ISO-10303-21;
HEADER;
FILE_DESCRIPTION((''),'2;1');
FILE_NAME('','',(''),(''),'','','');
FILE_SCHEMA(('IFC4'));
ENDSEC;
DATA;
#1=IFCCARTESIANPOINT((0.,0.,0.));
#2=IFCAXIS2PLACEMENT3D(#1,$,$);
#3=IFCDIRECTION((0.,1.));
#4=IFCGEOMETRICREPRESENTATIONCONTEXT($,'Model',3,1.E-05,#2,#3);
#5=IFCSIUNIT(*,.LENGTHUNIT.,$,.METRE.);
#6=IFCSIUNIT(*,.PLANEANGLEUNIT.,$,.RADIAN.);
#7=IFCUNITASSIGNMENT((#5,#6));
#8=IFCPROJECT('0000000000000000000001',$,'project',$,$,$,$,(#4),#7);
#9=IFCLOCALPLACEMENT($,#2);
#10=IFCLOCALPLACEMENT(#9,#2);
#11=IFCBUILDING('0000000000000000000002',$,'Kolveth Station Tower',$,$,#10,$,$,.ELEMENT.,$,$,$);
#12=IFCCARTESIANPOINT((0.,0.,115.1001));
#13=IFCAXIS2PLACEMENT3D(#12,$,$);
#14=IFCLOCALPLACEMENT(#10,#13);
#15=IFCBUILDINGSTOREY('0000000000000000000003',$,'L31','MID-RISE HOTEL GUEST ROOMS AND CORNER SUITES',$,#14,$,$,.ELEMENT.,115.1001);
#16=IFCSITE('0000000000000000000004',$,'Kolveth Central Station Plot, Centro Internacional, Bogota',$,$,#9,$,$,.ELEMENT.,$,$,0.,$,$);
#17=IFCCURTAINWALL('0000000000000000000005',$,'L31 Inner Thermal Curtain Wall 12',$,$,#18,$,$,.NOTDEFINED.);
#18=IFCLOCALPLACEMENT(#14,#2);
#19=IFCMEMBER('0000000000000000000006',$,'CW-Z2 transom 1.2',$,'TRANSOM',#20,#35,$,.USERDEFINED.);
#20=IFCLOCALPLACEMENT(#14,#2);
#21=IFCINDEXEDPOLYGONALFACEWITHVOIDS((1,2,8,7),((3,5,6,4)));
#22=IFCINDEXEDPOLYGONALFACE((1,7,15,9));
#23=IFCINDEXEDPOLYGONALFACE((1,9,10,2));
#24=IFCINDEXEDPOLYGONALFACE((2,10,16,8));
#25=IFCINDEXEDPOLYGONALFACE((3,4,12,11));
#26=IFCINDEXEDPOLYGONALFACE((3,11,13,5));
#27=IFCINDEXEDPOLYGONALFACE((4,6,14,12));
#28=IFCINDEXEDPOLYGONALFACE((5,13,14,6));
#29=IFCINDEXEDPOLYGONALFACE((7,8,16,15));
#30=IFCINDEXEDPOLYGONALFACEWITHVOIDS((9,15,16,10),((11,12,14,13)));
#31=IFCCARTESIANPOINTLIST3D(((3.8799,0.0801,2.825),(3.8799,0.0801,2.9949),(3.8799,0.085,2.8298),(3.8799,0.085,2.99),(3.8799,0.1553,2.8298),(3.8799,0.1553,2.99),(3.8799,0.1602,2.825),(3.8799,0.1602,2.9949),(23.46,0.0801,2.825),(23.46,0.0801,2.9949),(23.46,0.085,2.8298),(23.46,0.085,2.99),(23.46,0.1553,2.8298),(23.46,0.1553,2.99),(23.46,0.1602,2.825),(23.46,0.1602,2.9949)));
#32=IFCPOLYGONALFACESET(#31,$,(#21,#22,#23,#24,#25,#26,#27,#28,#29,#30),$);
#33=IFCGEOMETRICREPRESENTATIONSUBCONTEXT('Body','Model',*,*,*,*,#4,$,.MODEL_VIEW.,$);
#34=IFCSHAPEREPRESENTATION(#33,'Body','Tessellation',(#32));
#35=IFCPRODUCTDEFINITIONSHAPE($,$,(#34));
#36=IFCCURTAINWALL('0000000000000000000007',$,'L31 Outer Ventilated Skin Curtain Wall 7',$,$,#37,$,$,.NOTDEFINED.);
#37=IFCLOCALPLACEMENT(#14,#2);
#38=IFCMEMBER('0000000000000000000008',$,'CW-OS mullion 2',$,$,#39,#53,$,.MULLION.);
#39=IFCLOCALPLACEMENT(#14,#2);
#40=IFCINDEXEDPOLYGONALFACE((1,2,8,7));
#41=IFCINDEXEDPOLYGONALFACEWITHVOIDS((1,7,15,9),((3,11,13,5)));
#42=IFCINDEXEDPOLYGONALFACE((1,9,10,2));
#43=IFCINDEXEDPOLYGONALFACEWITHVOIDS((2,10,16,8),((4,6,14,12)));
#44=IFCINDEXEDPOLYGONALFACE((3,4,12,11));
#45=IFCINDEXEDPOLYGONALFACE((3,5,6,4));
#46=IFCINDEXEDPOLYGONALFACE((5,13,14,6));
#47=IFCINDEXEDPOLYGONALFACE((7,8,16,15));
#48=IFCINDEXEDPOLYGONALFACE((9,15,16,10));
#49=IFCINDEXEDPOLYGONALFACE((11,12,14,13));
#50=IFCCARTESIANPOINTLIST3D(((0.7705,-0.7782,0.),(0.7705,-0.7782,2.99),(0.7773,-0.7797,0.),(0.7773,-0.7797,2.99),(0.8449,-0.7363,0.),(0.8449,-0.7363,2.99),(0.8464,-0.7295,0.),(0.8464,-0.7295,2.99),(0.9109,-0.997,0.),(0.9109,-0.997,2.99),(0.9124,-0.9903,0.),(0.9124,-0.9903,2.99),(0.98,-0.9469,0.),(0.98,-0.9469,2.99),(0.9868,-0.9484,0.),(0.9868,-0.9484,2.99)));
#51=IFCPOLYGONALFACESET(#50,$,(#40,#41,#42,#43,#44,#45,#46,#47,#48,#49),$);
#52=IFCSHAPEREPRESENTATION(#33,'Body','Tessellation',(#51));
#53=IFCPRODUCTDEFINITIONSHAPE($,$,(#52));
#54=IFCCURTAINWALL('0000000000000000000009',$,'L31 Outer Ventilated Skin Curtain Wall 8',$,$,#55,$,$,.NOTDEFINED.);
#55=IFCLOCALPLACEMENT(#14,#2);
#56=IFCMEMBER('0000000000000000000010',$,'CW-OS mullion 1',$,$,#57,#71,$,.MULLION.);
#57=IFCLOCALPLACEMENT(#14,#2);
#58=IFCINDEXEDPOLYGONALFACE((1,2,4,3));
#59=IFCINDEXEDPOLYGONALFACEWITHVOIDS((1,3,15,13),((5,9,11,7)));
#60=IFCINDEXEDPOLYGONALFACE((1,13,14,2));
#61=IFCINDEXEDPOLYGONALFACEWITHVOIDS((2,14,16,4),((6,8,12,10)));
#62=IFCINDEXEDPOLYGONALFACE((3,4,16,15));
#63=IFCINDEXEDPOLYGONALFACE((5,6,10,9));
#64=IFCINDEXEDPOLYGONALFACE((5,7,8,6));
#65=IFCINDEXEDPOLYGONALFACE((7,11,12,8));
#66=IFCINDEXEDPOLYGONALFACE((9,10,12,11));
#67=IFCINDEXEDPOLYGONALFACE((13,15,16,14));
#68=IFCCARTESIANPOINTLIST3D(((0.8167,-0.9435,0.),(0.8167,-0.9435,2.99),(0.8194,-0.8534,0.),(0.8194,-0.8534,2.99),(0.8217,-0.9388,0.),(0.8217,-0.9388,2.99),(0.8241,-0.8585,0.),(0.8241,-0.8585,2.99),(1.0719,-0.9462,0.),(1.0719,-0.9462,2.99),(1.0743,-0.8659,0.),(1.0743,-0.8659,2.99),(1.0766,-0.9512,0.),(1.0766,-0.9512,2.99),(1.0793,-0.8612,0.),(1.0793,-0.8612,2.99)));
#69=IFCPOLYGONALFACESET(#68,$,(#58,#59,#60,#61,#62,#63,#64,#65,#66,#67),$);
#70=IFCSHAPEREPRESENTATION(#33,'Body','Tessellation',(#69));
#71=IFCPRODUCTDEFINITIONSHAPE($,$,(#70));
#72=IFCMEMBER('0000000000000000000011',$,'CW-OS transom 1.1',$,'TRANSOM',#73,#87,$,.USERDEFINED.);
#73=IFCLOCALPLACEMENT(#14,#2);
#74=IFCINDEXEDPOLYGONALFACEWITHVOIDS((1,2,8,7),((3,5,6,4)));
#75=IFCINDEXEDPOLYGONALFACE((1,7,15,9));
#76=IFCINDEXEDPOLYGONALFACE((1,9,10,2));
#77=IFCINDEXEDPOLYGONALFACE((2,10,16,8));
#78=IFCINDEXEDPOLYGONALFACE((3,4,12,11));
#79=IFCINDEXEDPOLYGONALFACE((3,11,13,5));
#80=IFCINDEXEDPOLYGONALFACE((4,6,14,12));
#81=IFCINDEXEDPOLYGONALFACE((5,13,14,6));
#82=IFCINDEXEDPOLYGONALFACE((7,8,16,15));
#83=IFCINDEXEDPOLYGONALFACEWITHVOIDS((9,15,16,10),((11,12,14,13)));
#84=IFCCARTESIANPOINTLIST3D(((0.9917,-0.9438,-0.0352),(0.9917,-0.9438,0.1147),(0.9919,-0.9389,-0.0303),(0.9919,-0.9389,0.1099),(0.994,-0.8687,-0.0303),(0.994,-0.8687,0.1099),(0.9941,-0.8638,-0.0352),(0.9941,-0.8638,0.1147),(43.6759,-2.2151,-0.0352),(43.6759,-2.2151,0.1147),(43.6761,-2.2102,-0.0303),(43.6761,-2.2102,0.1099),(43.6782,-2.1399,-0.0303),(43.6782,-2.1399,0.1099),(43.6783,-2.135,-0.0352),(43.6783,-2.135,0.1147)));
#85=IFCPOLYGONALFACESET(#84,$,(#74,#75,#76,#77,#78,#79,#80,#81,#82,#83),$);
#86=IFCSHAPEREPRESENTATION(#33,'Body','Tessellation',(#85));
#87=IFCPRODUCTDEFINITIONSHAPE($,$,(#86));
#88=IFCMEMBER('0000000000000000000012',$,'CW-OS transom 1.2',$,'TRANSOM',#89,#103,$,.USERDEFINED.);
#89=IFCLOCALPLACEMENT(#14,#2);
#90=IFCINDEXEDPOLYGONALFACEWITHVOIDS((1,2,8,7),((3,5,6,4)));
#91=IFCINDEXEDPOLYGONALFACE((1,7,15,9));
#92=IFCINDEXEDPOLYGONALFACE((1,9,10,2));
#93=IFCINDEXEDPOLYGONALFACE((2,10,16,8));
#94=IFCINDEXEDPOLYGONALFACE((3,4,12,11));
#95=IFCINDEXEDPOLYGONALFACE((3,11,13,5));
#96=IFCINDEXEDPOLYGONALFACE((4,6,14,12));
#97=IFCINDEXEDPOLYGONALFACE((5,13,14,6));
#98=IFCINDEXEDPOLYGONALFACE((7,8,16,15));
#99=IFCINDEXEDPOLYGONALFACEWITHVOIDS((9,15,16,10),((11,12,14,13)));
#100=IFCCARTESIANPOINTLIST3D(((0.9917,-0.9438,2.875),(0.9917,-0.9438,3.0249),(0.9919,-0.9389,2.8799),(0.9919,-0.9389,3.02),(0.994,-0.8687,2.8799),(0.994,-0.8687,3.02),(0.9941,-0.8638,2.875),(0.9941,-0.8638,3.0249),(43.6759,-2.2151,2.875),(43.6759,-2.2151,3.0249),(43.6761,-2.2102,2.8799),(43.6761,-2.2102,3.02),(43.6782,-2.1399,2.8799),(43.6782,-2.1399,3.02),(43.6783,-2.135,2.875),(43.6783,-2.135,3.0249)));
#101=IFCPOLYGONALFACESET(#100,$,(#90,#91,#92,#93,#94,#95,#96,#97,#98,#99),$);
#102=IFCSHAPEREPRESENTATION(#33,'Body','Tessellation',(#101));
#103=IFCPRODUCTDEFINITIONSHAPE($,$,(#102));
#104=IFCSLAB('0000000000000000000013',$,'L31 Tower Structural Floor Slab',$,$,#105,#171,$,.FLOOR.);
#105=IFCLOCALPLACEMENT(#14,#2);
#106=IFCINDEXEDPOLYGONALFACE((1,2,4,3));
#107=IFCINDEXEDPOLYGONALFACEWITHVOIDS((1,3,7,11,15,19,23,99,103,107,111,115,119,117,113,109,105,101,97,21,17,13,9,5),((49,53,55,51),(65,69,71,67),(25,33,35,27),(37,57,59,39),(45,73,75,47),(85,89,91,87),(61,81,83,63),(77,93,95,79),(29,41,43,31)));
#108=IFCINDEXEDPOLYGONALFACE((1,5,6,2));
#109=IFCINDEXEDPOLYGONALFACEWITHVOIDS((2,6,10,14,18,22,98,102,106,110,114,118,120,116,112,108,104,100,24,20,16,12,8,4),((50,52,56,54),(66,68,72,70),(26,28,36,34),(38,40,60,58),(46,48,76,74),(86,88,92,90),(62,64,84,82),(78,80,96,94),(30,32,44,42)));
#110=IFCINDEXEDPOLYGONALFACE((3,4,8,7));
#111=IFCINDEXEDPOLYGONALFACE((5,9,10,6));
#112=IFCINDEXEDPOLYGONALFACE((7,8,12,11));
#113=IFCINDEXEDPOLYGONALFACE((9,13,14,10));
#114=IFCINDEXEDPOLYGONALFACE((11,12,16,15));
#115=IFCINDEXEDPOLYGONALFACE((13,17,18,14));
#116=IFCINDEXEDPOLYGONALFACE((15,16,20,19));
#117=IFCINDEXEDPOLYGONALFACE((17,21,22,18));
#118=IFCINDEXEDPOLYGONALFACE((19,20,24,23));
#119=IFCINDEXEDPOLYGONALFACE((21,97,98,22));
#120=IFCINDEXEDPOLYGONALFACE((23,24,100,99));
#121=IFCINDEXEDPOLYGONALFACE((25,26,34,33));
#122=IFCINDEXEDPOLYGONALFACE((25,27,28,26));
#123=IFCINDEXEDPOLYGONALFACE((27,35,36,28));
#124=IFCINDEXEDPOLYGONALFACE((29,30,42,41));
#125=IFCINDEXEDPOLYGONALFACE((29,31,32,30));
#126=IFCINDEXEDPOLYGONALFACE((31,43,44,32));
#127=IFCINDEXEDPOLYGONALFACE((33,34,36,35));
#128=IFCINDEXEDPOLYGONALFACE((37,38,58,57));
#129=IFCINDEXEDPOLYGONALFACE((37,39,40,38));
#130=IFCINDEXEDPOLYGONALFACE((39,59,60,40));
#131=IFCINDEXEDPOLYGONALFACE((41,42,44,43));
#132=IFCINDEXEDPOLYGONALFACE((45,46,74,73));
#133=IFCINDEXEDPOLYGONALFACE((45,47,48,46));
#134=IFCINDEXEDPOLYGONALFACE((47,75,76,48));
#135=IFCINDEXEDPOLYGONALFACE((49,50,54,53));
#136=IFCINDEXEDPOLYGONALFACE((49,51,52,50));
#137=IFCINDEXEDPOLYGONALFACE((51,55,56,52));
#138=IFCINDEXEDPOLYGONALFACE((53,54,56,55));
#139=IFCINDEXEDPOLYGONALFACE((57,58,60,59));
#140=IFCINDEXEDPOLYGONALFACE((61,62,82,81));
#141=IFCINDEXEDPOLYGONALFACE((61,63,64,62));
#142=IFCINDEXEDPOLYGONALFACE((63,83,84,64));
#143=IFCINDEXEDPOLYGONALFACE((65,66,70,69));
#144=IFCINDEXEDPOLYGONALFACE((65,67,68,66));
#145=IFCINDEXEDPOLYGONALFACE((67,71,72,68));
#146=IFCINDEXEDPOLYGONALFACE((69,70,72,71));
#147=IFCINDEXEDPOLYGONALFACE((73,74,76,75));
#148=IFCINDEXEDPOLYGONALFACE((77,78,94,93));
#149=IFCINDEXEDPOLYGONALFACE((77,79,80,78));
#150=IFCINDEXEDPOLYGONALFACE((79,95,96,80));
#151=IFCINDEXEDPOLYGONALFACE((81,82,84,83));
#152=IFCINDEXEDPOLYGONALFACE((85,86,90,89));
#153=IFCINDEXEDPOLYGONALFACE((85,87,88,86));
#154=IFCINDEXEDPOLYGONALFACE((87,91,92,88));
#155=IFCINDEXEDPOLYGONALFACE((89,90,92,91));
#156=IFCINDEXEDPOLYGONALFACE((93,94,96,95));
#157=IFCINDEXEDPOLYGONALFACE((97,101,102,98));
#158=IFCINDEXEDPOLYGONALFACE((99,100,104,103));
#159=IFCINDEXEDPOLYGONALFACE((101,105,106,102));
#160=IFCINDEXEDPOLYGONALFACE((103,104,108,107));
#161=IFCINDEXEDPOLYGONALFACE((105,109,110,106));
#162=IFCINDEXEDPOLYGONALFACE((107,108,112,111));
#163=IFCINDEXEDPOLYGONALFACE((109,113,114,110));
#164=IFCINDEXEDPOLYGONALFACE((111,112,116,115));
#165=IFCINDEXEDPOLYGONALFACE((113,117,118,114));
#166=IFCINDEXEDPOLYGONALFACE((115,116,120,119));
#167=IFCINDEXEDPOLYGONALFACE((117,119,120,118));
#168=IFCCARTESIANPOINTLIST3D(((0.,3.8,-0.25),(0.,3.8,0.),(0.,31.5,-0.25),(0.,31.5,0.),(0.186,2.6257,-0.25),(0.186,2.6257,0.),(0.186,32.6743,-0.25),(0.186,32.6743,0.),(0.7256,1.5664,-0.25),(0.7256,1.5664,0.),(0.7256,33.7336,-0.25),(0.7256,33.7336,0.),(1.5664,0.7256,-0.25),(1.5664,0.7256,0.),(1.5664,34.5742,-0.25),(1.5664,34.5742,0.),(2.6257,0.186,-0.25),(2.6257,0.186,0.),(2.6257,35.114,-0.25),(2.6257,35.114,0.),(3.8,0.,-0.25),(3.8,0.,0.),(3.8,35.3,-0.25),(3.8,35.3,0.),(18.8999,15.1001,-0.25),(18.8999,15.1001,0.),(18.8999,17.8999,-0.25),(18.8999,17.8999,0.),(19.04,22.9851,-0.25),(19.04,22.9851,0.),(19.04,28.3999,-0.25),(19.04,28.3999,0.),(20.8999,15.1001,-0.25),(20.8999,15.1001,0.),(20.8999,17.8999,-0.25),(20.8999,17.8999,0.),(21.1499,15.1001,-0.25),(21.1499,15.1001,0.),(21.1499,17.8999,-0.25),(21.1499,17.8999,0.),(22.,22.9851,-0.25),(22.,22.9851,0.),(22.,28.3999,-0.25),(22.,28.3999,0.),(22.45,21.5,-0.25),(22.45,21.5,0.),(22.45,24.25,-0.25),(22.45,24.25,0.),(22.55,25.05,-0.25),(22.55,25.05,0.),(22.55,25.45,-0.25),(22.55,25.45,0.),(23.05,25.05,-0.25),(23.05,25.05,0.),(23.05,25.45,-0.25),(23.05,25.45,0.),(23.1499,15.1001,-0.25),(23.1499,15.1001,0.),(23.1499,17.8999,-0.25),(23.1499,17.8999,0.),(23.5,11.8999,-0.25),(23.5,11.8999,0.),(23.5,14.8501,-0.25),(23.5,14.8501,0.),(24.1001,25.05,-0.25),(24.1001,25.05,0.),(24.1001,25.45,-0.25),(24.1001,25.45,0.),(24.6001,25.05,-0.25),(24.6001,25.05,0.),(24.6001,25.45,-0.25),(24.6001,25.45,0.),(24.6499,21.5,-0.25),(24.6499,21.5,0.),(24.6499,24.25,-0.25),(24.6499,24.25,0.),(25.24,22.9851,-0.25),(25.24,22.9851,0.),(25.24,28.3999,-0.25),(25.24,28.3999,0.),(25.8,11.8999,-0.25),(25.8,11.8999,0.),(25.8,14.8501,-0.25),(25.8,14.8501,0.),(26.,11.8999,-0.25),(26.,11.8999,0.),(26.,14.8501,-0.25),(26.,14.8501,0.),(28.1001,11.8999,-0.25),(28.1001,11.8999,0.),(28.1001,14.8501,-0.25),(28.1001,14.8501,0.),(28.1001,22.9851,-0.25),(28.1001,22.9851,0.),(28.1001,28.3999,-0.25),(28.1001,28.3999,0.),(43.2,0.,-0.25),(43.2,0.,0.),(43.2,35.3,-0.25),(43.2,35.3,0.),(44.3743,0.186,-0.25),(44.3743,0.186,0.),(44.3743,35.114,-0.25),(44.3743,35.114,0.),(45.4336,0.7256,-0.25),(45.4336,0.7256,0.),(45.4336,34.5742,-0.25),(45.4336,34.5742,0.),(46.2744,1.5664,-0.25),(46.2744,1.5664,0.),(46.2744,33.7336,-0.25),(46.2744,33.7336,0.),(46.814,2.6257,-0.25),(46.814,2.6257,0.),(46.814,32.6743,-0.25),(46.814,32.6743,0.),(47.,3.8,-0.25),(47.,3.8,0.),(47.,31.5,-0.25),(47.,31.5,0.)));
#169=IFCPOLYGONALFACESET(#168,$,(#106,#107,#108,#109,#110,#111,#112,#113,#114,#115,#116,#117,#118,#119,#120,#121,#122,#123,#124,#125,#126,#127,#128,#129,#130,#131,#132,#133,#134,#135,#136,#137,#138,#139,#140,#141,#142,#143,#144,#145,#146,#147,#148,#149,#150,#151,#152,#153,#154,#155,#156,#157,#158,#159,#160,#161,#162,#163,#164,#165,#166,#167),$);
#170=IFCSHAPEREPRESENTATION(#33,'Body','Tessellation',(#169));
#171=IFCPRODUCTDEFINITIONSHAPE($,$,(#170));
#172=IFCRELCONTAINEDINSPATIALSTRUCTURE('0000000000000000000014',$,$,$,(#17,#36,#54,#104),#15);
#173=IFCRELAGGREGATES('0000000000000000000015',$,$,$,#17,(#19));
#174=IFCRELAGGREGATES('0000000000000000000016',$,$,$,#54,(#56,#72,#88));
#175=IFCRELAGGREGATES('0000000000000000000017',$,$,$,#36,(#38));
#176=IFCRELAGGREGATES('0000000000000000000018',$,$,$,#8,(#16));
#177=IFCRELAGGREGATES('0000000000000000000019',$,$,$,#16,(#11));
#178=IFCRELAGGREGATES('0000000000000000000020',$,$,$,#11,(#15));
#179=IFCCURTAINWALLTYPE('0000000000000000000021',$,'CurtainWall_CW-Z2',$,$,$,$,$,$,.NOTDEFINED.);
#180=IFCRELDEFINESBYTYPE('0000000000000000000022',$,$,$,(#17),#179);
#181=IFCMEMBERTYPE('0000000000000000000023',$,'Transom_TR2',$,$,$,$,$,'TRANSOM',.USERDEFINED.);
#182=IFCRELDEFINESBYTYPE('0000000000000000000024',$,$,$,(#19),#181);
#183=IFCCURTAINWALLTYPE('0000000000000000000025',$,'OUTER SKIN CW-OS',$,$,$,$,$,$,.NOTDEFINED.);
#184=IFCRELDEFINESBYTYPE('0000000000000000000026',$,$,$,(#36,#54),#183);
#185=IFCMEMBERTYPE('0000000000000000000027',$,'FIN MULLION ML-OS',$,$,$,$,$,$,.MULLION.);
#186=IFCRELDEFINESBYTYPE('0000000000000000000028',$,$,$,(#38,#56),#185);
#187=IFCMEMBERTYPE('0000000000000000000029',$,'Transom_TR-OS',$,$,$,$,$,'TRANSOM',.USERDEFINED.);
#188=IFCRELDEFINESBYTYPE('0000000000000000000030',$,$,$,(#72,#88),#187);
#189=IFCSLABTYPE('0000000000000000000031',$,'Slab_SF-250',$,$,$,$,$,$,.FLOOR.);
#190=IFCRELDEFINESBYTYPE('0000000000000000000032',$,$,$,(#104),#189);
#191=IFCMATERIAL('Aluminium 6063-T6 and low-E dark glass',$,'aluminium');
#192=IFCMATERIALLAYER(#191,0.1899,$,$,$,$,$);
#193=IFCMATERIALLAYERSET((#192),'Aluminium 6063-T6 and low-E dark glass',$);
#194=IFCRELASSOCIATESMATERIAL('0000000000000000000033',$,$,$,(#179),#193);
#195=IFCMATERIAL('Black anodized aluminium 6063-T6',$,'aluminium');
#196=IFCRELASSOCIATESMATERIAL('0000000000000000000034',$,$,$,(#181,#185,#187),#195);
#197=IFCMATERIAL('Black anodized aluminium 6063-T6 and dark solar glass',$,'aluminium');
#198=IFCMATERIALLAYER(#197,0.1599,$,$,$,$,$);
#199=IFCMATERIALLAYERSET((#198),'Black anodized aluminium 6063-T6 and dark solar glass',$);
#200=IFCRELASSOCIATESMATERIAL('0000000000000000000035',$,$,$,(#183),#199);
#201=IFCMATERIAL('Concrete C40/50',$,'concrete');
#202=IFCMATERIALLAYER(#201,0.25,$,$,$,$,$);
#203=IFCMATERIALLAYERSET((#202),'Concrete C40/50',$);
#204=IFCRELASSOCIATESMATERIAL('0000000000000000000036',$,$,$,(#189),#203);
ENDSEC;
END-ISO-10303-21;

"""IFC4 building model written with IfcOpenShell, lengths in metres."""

from ifc_helpers import new_model, si_unit, direction, frame, origin, origin_2d, place, context, subcontext, project, spatial, polyline, hollow_rectangle, outline, extrude, source, transform, mapped, material, layer, layer_set, material_profile, profile_set, type_object, element, aggregate, save


model = new_model("IFC4")

# Units and contexts
model_context = context("Model", 3, precision=1e-05, world=origin(), true_north=direction((0.0, 1.0)))
body_context = subcontext(model_context, "Body", "Model", "MODEL_VIEW")
ifc_project = project(units=[si_unit("LENGTHUNIT", "METRE"), si_unit("PLANEANGLEUNIT", "RADIAN")], contexts=[model_context])

# Site, building, storey
site_placement = place(None, origin())
site = spatial("IfcSite", under=ifc_project, at=site_placement, Name="Kolveth Central Station Plot, Centro Internacional, Bogota", CompositionType="ELEMENT", RefElevation=0.0)
building_placement = place(site_placement, origin())
building = spatial("IfcBuilding", under=site, at=building_placement, Name="Kolveth Station Tower", CompositionType="ELEMENT")
storey_placement = place(building_placement, frame((0.0, 0.0, 115.1001)))
storey = spatial("IfcBuildingStorey", under=building, at=storey_placement, Name="L31", Description="MID-RISE HOTEL GUEST ROOMS AND CORNER SUITES", CompositionType="ELEMENT", Elevation=115.1001)

# Shared definitions
ifc_material_1 = material(Name="Aluminium 6063-T6 and low-E dark glass", Category="aluminium")
ifc_layer_1 = layer(ifc_material_1, 0.1899)
ifc_layer_set_1 = layer_set([ifc_layer_1], Name="Aluminium 6063-T6 and low-E dark glass")
curtain_wall_type_1 = type_object("IfcCurtainWallType", Name="CurtainWall_CW-Z2", PredefinedType="NOTDEFINED", material=ifc_layer_set_1)
ifc_material_2 = material(Name="Black anodized aluminium 6063-T6", Category="aluminium")

# Curtain wall
curtain_wall_1_placement = place(storey_placement, origin())
curtain_wall_1 = element("IfcCurtainWall", 1, at=curtain_wall_1_placement, inside=storey, type_object=curtain_wall_type_1, Name="L31 Inner Thermal Curtain Wall 12", PredefinedType="NOTDEFINED")

# Member
ifc_material_profile_1 = material_profile(ifc_material_2, hollow_rectangle(XDim=0.0801, YDim=0.1699, WallThickness=0.0049, at=origin_2d()), Name="ALU-80x170x5")
ifc_profile_set_1 = profile_set([ifc_material_profile_1], Name="Black anodized aluminium 6063-T6")
member_type_1 = type_object("IfcMemberType", Name="Transom_TR2", ElementType="TRANSOM", PredefinedType="USERDEFINED", material=ifc_profile_set_1)
shared_shape_1 = source(origin(), body_context, "Body", "SweptSolid", [
    extrude(hollow_rectangle(XDim=0.0801, YDim=0.1699, WallThickness=0.0049, at=origin_2d()), origin(), (0.0, 0.0, 1.0), 19.5801),
])
member_1_placement = place(storey_placement, frame((3.8799, 0.1201, 2.9099), z_axis=(1.0, 0.0, 0.0), x_axis=(0.0, 1.0, 0.0)))
member_1 = element("IfcMember", 2, at=member_1_placement, type_object=member_type_1, Name="CW-Z2 transom 1.2", ObjectType="TRANSOM", PredefinedType="USERDEFINED", context=body_context, shape_type="MappedRepresentation", body=[
    mapped(shared_shape_1, transform((0.0, 0.0, 0.0), x_axis=(1.0, 0.0, 0.0), y_axis=(0.0, 1.0, 0.0), z_axis=(0.0, 0.0, 1.0), scale=1.0)),
])
aggregate(curtain_wall_1, [member_1])

# Curtain wall, member
ifc_material_3 = material(Name="Black anodized aluminium 6063-T6 and dark solar glass", Category="aluminium")
ifc_layer_2 = layer(ifc_material_3, 0.1599)
ifc_layer_set_2 = layer_set([ifc_layer_2], Name="Black anodized aluminium 6063-T6 and dark solar glass")
curtain_wall_type_2 = type_object("IfcCurtainWallType", Name="OUTER SKIN CW-OS", PredefinedType="NOTDEFINED", material=ifc_layer_set_2)
curtain_wall_2_placement = place(storey_placement, origin())
curtain_wall_2 = element("IfcCurtainWall", 3, at=curtain_wall_2_placement, inside=storey, type_object=curtain_wall_type_2, Name="L31 Outer Ventilated Skin Curtain Wall 7", PredefinedType="NOTDEFINED")
ifc_material_profile_2 = material_profile(ifc_material_2, hollow_rectangle(XDim=0.0901, YDim=0.26, WallThickness=0.0049, at=origin_2d()), Name="ALU-90x260x5")
ifc_profile_set_2 = profile_set([ifc_material_profile_2], Name="Black anodized aluminium 6063-T6")
member_type_2 = type_object("IfcMemberType", Name="FIN MULLION ML-OS", PredefinedType="MULLION", material=ifc_profile_set_2)
shared_shape_2 = source(origin(), body_context, "Body", "SweptSolid", [
    extrude(hollow_rectangle(XDim=0.0901, YDim=0.26, WallThickness=0.0049, at=origin_2d()), origin(), (0.0, 0.0, 1.0), 2.99),
])
member_2_placement = place(storey_placement, frame((0.8787, -0.8633, 0.0), z_axis=(0.0, 0.0, 1.0), x_axis=(0.84168, 0.539977, 0.0)))
member_2 = element("IfcMember", 4, at=member_2_placement, type_object=member_type_2, Name="CW-OS mullion 2", PredefinedType="MULLION", context=body_context, shape_type="MappedRepresentation", body=[
    mapped(shared_shape_2, transform((0.0, 0.0, 0.0), x_axis=(1.0, 0.0, 0.0), y_axis=(0.0, 1.0, 0.0), z_axis=(0.0, 0.0, 1.0), scale=1.0)),
])

# Curtain wall, members
curtain_wall_3_placement = place(storey_placement, origin())
curtain_wall_3 = element("IfcCurtainWall", 5, at=curtain_wall_3_placement, inside=storey, type_object=curtain_wall_type_2, Name="L31 Outer Ventilated Skin Curtain Wall 8", PredefinedType="NOTDEFINED")
member_3_placement = place(storey_placement, frame((0.948, -0.9023, 0.0), z_axis=(0.0, 0.0, 1.0), x_axis=(0.029769, 0.999557, 0.0)))
member_3 = element("IfcMember", 6, at=member_3_placement, type_object=member_type_2, Name="CW-OS mullion 1", PredefinedType="MULLION", context=body_context, shape_type="MappedRepresentation", body=[
    mapped(shared_shape_2, transform((0.0, 0.0, 0.0), x_axis=(1.0, 0.0, 0.0), y_axis=(0.0, 1.0, 0.0), z_axis=(0.0, 0.0, 1.0), scale=1.0)),
])
ifc_material_profile_3 = material_profile(ifc_material_2, hollow_rectangle(XDim=0.0801, YDim=0.1499, WallThickness=0.0049, at=origin_2d()), Name="ALU-80x150x5")
ifc_profile_set_3 = profile_set([ifc_material_profile_3], Name="Black anodized aluminium 6063-T6")
member_type_3 = type_object("IfcMemberType", Name="Transom_TR-OS", ElementType="TRANSOM", PredefinedType="USERDEFINED", material=ifc_profile_set_3)
shared_shape_3 = source(origin(), body_context, "Body", "SweptSolid", [
    extrude(hollow_rectangle(XDim=0.0801, YDim=0.1499, WallThickness=0.0049, at=origin_2d()), origin(), (0.0, 0.0, 1.0), 42.7031),
])
member_4_placement = place(storey_placement, frame((0.9929, -0.9038, 0.0398), z_axis=(0.999557, -0.029769, 0.0), x_axis=(0.029769, 0.999557, 0.0)))
member_4 = element("IfcMember", 7, at=member_4_placement, type_object=member_type_3, Name="CW-OS transom 1.1", ObjectType="TRANSOM", PredefinedType="USERDEFINED", context=body_context, shape_type="MappedRepresentation", body=[
    mapped(shared_shape_3, transform((0.0, 0.0, 0.0), x_axis=(1.0, 0.0, 0.0), y_axis=(0.0, 1.0, 0.0), z_axis=(0.0, 0.0, 1.0), scale=1.0)),
])
member_5_placement = place(storey_placement, frame((0.9929, -0.9038, 2.95), z_axis=(0.999557, -0.029769, 0.0), x_axis=(0.029769, 0.999557, 0.0)))
member_5 = element("IfcMember", 8, at=member_5_placement, type_object=member_type_3, Name="CW-OS transom 1.2", ObjectType="TRANSOM", PredefinedType="USERDEFINED", context=body_context, shape_type="MappedRepresentation", body=[
    mapped(shared_shape_3, transform((0.0, 0.0, 0.0), x_axis=(1.0, 0.0, 0.0), y_axis=(0.0, 1.0, 0.0), z_axis=(0.0, 0.0, 1.0), scale=1.0)),
])
aggregate(curtain_wall_3, [member_3, member_4, member_5])

# Slab
ifc_material_4 = material(Name="Concrete C40/50", Category="concrete")
ifc_layer_3 = layer(ifc_material_4, 0.25)
ifc_layer_set_3 = layer_set([ifc_layer_3], Name="Concrete C40/50")
slab_type_1 = type_object("IfcSlabType", Name="Slab_SF-250", PredefinedType="FLOOR", material=ifc_layer_set_3)
slab_1_placement = place(storey_placement, frame((0.0, 0.0, -0.25)))
element("IfcSlab", 9, at=slab_1_placement, inside=storey, type_object=slab_type_1, Name="L31 Tower Structural Floor Slab", PredefinedType="FLOOR", context=body_context, shape_type="SweptSolid", body=[
    extrude(outline(polyline([(43.2, 0.0), (44.3743, 0.186), (45.4336, 0.7256), (46.2744, 1.5664), (46.814, 2.6257), (47.0, 3.8), (47.0, 31.5), (46.814, 32.6743), (46.2744, 33.7336), (45.4336, 34.5742), (44.3743, 35.114), (43.2, 35.3), (3.8, 35.3), (2.6257, 35.114), (1.5664, 34.5742), (0.7256, 33.7336), (0.186, 32.6743), (0.0, 31.5), (0.0, 3.8), (0.186, 2.6257), (0.7256, 1.5664), (1.5664, 0.7256), (2.6257, 0.186), (3.8, 0.0), (43.2, 0.0)]), holes=[polyline([(19.04, 22.9851), (22.0, 22.9851), (22.0, 28.3999), (19.04, 28.3999), (19.04, 22.9851)]), polyline([(25.24, 22.9851), (28.1001, 22.9851), (28.1001, 28.3999), (25.24, 28.3999), (25.24, 22.9851)]), polyline([(18.8999, 15.1001), (20.8999, 15.1001), (20.8999, 17.8999), (18.8999, 17.8999), (18.8999, 15.1001)]), polyline([(21.1499, 15.1001), (23.1499, 15.1001), (23.1499, 17.8999), (21.1499, 17.8999), (21.1499, 15.1001)]), polyline([(22.45, 21.5), (24.6499, 21.5), (24.6499, 24.25), (22.45, 24.25), (22.45, 21.5)]), polyline([(23.5, 11.8999), (25.8, 11.8999), (25.8, 14.8501), (23.5, 14.8501), (23.5, 11.8999)]), polyline([(26.0, 11.8999), (28.1001, 11.8999), (28.1001, 14.8501), (26.0, 14.8501), (26.0, 11.8999)]), polyline([(22.55, 25.05), (23.05, 25.05), (23.05, 25.45), (22.55, 25.45), (22.55, 25.05)]), polyline([(24.1001, 25.05), (24.6001, 25.05), (24.6001, 25.45), (24.1001, 25.45), (24.1001, 25.05)])]), origin(), (0.0, 0.0, 1.0), 0.25),
])

aggregate(curtain_wall_2, [member_2])

save(model, "model.ifc")
